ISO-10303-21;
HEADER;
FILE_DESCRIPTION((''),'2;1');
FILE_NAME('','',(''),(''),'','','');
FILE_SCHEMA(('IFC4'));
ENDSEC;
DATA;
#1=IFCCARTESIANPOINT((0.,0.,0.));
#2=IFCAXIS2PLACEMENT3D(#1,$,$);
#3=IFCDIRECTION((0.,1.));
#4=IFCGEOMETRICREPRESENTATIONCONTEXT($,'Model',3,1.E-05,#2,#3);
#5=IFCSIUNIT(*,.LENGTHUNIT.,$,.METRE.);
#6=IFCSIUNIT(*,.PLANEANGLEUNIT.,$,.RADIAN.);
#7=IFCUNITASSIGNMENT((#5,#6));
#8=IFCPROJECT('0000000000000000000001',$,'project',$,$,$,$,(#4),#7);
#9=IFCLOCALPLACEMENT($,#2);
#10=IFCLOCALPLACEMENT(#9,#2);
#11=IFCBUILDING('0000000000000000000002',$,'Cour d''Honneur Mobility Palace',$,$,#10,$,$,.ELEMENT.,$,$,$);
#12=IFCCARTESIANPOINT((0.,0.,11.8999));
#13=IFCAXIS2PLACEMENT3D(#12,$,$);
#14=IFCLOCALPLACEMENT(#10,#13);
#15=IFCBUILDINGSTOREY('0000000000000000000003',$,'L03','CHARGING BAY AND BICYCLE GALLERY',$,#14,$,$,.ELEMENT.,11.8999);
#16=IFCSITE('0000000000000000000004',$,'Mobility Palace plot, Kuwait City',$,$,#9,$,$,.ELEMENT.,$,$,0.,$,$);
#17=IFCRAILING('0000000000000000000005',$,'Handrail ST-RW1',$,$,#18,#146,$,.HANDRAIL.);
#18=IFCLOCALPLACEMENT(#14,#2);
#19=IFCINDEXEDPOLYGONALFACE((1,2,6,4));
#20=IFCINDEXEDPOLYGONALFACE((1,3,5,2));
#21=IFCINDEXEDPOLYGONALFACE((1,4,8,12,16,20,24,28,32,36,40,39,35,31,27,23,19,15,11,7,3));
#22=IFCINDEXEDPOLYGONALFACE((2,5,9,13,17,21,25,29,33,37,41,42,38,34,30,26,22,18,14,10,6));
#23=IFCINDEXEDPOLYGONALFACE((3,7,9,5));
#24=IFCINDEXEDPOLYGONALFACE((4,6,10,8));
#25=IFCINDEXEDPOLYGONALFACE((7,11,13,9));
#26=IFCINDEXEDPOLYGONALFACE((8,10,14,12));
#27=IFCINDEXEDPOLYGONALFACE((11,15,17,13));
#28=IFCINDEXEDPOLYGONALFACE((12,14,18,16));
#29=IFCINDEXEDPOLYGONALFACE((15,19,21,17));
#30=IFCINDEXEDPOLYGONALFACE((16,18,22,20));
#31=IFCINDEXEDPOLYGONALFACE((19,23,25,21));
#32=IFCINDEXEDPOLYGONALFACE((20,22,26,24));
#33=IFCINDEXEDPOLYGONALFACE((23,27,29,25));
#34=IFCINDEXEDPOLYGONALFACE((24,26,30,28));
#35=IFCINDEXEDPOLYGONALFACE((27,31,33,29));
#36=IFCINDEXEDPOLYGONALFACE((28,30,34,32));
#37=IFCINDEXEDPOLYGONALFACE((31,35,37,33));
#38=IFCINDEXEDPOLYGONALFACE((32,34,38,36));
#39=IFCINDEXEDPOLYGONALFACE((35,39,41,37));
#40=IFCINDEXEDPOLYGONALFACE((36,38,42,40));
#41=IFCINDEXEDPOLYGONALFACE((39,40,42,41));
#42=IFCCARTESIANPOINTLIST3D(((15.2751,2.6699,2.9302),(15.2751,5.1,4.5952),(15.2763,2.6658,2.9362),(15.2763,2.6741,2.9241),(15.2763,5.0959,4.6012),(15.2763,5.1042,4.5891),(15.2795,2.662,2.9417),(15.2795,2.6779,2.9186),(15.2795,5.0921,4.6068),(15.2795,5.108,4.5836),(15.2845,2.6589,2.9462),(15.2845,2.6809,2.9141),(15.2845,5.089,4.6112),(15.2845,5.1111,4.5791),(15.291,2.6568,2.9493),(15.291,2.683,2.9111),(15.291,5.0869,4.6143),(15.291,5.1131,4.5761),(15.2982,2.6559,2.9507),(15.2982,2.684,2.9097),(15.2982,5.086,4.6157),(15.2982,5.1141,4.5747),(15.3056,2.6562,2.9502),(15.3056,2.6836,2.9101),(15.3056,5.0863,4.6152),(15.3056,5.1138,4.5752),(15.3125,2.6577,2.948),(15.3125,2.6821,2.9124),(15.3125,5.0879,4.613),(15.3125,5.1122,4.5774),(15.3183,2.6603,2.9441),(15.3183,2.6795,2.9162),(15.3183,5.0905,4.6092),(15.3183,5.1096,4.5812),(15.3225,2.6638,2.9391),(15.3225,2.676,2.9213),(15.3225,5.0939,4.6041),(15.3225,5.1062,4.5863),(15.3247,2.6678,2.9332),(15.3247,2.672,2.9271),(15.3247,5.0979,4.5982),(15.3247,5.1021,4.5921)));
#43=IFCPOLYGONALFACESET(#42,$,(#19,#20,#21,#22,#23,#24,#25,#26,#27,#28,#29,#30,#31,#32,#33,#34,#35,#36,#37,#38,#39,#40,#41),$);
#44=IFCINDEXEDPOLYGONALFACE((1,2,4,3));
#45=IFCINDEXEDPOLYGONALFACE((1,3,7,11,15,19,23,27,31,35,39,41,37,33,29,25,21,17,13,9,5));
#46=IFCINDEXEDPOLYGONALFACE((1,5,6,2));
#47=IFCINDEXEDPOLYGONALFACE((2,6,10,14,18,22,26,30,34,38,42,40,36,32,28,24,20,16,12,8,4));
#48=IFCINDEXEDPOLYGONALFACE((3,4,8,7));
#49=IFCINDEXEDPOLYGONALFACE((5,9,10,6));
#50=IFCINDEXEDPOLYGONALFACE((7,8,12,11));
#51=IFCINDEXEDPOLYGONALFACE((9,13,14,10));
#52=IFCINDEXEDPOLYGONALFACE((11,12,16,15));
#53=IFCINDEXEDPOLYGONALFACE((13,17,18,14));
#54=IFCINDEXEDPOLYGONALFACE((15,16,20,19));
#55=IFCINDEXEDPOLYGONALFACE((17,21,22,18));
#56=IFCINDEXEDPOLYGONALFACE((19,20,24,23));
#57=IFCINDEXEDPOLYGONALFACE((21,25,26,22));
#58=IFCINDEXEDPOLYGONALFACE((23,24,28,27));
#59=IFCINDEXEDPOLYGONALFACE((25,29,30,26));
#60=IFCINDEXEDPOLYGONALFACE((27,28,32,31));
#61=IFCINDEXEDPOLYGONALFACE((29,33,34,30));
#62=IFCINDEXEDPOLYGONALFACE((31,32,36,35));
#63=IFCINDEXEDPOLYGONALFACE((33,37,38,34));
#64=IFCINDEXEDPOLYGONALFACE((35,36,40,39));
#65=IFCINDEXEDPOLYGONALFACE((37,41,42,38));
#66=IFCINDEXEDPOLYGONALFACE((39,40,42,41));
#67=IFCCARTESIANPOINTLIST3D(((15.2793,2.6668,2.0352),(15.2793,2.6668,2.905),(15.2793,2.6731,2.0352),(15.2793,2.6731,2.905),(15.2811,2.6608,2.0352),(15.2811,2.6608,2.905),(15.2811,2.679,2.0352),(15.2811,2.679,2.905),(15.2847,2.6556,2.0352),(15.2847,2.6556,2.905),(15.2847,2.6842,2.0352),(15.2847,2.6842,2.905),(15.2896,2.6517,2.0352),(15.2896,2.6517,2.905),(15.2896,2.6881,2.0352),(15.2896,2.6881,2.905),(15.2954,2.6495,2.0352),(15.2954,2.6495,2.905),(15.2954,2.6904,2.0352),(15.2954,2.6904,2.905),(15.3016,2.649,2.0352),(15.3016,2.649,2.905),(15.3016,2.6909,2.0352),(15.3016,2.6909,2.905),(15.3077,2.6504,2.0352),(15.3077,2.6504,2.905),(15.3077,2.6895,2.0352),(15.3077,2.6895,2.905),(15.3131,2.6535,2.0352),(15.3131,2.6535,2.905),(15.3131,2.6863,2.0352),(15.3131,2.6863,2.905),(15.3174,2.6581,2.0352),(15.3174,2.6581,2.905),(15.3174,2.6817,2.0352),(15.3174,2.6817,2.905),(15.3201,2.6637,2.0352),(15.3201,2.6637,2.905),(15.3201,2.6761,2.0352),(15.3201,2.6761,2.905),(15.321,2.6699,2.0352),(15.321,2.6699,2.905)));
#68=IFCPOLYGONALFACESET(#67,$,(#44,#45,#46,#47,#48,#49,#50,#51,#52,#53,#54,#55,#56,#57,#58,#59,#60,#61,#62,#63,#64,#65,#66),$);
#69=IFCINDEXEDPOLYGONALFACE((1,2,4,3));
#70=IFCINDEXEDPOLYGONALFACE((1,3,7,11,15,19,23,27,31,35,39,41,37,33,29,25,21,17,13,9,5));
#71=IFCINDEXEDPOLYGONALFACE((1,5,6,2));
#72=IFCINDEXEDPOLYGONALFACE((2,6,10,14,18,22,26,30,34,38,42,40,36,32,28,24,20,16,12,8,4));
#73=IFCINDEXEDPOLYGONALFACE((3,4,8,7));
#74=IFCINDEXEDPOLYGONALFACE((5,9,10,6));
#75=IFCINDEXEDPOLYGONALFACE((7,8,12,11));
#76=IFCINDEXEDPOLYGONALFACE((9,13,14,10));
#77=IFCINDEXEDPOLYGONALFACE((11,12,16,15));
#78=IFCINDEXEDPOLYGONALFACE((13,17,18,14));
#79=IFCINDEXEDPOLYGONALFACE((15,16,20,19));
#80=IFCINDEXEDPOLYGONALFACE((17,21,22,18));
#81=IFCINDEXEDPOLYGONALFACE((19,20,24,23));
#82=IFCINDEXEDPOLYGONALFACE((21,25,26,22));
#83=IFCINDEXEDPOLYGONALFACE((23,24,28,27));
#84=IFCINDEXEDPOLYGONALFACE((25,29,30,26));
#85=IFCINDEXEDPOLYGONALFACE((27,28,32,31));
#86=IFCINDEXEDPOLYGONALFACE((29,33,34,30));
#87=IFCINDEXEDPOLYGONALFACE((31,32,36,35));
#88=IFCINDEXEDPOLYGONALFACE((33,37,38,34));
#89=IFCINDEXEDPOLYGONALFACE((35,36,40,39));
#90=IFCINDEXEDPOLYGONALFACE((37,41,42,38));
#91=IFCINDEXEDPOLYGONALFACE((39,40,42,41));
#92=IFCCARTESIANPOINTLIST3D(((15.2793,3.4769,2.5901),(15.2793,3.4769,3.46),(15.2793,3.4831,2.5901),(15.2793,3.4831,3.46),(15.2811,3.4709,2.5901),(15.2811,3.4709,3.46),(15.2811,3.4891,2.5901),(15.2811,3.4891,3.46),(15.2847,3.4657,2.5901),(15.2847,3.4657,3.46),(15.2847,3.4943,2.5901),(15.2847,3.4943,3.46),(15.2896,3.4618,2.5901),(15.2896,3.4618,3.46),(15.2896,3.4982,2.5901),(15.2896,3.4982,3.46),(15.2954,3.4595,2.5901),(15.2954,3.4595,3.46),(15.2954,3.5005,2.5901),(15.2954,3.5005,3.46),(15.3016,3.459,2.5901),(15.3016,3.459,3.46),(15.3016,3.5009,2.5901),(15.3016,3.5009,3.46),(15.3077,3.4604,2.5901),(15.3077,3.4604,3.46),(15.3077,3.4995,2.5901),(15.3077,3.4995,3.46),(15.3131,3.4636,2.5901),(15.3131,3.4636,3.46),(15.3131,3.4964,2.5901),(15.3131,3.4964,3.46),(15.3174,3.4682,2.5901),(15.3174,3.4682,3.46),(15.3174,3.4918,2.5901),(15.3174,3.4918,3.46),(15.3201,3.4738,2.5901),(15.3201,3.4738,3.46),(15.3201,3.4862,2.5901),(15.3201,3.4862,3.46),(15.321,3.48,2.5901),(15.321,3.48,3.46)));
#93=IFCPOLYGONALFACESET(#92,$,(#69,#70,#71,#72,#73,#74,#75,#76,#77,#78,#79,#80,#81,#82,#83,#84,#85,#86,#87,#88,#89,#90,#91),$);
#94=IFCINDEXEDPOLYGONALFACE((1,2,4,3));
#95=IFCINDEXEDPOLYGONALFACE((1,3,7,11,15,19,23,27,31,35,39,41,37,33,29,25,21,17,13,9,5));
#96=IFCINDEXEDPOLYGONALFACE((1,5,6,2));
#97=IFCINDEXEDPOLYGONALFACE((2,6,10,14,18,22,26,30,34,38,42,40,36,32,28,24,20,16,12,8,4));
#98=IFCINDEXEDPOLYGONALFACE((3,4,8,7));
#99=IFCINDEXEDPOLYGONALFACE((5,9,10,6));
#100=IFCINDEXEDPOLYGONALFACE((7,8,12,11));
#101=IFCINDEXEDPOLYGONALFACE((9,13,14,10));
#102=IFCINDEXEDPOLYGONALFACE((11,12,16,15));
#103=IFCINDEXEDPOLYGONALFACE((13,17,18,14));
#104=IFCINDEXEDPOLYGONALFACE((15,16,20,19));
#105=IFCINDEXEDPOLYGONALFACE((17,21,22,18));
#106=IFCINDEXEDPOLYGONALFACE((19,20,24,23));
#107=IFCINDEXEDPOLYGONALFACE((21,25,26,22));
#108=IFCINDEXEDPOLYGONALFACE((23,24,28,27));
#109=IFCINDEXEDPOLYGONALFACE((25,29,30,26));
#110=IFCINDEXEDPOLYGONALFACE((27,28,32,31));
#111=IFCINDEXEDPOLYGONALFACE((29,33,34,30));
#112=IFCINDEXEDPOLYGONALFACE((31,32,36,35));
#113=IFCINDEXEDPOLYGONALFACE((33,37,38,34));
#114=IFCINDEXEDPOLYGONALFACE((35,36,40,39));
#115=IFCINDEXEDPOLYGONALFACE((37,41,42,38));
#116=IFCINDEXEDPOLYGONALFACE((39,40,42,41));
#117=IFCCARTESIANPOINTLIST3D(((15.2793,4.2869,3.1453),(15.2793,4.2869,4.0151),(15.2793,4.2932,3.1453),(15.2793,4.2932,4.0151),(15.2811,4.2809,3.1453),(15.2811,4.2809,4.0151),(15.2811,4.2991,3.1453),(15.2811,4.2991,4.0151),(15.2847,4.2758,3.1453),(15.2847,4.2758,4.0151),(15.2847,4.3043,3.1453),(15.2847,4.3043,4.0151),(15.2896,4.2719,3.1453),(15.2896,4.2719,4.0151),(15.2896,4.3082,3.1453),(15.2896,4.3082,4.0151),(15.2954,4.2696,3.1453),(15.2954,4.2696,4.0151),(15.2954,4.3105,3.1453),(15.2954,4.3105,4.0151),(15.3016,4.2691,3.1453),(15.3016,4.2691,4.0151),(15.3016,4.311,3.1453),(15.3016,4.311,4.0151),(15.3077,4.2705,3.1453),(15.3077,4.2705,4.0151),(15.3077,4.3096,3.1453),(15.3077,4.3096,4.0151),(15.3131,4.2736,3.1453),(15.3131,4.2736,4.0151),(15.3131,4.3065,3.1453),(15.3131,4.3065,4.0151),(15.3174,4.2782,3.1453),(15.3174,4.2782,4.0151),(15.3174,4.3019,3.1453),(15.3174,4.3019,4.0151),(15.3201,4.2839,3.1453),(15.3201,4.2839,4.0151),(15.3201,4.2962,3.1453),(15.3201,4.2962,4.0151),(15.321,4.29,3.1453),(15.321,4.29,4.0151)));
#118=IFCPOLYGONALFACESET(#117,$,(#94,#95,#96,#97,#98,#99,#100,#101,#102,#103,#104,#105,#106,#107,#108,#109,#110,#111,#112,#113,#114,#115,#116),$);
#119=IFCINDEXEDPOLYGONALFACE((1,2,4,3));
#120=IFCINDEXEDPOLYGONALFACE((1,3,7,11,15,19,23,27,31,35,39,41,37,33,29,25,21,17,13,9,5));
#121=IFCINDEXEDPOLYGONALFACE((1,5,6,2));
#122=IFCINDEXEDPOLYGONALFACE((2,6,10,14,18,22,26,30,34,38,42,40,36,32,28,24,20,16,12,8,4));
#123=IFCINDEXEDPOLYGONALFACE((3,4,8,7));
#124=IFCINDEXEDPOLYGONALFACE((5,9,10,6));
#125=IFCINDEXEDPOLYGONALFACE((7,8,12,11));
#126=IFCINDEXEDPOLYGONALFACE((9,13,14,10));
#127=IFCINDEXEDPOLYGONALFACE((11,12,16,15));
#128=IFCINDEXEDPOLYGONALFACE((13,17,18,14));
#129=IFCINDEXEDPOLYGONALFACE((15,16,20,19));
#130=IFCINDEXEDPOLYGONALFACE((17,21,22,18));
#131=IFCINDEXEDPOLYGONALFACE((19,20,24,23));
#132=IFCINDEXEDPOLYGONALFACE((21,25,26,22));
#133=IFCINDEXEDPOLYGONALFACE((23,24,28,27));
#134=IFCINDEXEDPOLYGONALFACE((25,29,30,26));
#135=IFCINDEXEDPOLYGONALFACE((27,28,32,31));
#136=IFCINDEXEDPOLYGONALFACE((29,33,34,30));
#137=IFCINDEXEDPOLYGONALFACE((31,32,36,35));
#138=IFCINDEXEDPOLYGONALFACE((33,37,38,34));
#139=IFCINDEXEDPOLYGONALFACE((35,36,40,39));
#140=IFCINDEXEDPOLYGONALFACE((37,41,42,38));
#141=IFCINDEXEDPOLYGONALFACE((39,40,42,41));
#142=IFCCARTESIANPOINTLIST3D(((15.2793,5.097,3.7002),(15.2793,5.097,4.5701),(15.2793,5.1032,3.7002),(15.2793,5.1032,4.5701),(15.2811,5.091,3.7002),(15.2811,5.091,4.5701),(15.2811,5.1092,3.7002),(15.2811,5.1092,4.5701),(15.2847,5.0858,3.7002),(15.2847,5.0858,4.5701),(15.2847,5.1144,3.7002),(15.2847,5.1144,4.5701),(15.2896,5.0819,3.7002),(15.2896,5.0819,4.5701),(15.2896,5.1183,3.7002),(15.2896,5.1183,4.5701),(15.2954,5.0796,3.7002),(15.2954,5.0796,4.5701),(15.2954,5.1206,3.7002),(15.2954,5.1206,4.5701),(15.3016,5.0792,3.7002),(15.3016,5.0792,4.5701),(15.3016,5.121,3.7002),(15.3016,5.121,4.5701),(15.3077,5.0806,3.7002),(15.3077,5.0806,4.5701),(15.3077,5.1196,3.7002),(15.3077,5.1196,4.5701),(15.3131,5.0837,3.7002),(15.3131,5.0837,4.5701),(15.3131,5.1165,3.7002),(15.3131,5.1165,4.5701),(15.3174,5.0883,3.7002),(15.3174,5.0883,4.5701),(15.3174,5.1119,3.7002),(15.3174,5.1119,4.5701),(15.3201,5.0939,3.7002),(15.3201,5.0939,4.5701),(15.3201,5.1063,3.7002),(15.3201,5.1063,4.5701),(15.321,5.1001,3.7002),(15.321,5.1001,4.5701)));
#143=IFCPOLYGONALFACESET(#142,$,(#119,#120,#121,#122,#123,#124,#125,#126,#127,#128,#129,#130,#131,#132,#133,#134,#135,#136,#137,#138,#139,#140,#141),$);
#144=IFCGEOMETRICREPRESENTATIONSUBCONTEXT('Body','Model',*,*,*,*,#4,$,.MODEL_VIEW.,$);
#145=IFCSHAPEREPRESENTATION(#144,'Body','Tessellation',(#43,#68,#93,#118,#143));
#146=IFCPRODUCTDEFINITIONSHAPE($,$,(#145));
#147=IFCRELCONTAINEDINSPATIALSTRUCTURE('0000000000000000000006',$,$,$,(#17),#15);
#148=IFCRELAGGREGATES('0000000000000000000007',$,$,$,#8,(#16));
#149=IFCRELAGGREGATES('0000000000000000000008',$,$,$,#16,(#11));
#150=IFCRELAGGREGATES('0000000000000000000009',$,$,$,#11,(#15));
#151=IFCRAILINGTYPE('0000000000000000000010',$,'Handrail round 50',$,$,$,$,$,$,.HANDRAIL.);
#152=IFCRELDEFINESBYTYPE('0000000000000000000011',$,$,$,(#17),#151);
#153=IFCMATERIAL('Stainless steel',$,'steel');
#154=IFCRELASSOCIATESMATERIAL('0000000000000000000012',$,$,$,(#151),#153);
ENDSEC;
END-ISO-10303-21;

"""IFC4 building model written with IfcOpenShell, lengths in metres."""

from ifc_helpers import new_model, si_unit, direction, frame, origin, origin_2d, place, context, subcontext, project, spatial, circle, extrude, material, type_object, element, save


model = new_model("IFC4")

# Units and contexts
model_context = context("Model", 3, precision=1e-05, world=origin(), true_north=direction((0.0, 1.0)))
body_context = subcontext(model_context, "Body", "Model", "MODEL_VIEW")
ifc_project = project(units=[si_unit("LENGTHUNIT", "METRE"), si_unit("PLANEANGLEUNIT", "RADIAN")], contexts=[model_context])

# Site, building, storey
site_placement = place(None, origin())
site = spatial("IfcSite", under=ifc_project, at=site_placement, Name="Mobility Palace plot, Kuwait City", CompositionType="ELEMENT", RefElevation=0.0)
building_placement = place(site_placement, origin())
building = spatial("IfcBuilding", under=site, at=building_placement, Name="Cour d'Honneur Mobility Palace", CompositionType="ELEMENT")
storey_placement = place(building_placement, frame((0.0, 0.0, 11.8999)))
storey = spatial("IfcBuildingStorey", under=building, at=storey_placement, Name="L03", Description="CHARGING BAY AND BICYCLE GALLERY", CompositionType="ELEMENT", Elevation=11.8999)

# Railing
ifc_material_1 = material(Name="Stainless steel", Category="steel")
railing_type_1 = type_object("IfcRailingType", Name="Handrail round 50", PredefinedType="HANDRAIL", material=ifc_material_1)
for number, where, name in (
    (1, (15.3, 2.6699, 2.0352), "Handrail ST-RW1"),
):
    element("IfcRailing", number, at=place(storey_placement, frame(where)), inside=storey, type_object=railing_type_1, Name=name, PredefinedType="HANDRAIL", context=body_context, shape_type="SweptSolid", body=[
        extrude(circle(Radius=0.0249, at=origin_2d()), frame((0.0, 0.0, 0.895), z_axis=(0.0, 0.824945, 0.565213), x_axis=(-1.0, 0.0, 0.0)), (0.0, 0.0, 1.0), 2.9458),
        extrude(circle(Radius=0.021, at=origin_2d()), origin(), (0.0, 0.0, 1.0), 0.8699),
        extrude(circle(Radius=0.021, at=origin_2d()), frame((0.0, 0.8101, 0.5549)), (0.0, 0.0, 1.0), 0.8699),
        extrude(circle(Radius=0.021, at=origin_2d()), frame((0.0, 1.6201, 1.1101)), (0.0, 0.0, 1.0), 0.8699),
        extrude(circle(Radius=0.021, at=origin_2d()), frame((0.0, 2.4302, 1.665)), (0.0, 0.0, 1.0), 0.8699),
    ])

save(model, "model.ifc")
